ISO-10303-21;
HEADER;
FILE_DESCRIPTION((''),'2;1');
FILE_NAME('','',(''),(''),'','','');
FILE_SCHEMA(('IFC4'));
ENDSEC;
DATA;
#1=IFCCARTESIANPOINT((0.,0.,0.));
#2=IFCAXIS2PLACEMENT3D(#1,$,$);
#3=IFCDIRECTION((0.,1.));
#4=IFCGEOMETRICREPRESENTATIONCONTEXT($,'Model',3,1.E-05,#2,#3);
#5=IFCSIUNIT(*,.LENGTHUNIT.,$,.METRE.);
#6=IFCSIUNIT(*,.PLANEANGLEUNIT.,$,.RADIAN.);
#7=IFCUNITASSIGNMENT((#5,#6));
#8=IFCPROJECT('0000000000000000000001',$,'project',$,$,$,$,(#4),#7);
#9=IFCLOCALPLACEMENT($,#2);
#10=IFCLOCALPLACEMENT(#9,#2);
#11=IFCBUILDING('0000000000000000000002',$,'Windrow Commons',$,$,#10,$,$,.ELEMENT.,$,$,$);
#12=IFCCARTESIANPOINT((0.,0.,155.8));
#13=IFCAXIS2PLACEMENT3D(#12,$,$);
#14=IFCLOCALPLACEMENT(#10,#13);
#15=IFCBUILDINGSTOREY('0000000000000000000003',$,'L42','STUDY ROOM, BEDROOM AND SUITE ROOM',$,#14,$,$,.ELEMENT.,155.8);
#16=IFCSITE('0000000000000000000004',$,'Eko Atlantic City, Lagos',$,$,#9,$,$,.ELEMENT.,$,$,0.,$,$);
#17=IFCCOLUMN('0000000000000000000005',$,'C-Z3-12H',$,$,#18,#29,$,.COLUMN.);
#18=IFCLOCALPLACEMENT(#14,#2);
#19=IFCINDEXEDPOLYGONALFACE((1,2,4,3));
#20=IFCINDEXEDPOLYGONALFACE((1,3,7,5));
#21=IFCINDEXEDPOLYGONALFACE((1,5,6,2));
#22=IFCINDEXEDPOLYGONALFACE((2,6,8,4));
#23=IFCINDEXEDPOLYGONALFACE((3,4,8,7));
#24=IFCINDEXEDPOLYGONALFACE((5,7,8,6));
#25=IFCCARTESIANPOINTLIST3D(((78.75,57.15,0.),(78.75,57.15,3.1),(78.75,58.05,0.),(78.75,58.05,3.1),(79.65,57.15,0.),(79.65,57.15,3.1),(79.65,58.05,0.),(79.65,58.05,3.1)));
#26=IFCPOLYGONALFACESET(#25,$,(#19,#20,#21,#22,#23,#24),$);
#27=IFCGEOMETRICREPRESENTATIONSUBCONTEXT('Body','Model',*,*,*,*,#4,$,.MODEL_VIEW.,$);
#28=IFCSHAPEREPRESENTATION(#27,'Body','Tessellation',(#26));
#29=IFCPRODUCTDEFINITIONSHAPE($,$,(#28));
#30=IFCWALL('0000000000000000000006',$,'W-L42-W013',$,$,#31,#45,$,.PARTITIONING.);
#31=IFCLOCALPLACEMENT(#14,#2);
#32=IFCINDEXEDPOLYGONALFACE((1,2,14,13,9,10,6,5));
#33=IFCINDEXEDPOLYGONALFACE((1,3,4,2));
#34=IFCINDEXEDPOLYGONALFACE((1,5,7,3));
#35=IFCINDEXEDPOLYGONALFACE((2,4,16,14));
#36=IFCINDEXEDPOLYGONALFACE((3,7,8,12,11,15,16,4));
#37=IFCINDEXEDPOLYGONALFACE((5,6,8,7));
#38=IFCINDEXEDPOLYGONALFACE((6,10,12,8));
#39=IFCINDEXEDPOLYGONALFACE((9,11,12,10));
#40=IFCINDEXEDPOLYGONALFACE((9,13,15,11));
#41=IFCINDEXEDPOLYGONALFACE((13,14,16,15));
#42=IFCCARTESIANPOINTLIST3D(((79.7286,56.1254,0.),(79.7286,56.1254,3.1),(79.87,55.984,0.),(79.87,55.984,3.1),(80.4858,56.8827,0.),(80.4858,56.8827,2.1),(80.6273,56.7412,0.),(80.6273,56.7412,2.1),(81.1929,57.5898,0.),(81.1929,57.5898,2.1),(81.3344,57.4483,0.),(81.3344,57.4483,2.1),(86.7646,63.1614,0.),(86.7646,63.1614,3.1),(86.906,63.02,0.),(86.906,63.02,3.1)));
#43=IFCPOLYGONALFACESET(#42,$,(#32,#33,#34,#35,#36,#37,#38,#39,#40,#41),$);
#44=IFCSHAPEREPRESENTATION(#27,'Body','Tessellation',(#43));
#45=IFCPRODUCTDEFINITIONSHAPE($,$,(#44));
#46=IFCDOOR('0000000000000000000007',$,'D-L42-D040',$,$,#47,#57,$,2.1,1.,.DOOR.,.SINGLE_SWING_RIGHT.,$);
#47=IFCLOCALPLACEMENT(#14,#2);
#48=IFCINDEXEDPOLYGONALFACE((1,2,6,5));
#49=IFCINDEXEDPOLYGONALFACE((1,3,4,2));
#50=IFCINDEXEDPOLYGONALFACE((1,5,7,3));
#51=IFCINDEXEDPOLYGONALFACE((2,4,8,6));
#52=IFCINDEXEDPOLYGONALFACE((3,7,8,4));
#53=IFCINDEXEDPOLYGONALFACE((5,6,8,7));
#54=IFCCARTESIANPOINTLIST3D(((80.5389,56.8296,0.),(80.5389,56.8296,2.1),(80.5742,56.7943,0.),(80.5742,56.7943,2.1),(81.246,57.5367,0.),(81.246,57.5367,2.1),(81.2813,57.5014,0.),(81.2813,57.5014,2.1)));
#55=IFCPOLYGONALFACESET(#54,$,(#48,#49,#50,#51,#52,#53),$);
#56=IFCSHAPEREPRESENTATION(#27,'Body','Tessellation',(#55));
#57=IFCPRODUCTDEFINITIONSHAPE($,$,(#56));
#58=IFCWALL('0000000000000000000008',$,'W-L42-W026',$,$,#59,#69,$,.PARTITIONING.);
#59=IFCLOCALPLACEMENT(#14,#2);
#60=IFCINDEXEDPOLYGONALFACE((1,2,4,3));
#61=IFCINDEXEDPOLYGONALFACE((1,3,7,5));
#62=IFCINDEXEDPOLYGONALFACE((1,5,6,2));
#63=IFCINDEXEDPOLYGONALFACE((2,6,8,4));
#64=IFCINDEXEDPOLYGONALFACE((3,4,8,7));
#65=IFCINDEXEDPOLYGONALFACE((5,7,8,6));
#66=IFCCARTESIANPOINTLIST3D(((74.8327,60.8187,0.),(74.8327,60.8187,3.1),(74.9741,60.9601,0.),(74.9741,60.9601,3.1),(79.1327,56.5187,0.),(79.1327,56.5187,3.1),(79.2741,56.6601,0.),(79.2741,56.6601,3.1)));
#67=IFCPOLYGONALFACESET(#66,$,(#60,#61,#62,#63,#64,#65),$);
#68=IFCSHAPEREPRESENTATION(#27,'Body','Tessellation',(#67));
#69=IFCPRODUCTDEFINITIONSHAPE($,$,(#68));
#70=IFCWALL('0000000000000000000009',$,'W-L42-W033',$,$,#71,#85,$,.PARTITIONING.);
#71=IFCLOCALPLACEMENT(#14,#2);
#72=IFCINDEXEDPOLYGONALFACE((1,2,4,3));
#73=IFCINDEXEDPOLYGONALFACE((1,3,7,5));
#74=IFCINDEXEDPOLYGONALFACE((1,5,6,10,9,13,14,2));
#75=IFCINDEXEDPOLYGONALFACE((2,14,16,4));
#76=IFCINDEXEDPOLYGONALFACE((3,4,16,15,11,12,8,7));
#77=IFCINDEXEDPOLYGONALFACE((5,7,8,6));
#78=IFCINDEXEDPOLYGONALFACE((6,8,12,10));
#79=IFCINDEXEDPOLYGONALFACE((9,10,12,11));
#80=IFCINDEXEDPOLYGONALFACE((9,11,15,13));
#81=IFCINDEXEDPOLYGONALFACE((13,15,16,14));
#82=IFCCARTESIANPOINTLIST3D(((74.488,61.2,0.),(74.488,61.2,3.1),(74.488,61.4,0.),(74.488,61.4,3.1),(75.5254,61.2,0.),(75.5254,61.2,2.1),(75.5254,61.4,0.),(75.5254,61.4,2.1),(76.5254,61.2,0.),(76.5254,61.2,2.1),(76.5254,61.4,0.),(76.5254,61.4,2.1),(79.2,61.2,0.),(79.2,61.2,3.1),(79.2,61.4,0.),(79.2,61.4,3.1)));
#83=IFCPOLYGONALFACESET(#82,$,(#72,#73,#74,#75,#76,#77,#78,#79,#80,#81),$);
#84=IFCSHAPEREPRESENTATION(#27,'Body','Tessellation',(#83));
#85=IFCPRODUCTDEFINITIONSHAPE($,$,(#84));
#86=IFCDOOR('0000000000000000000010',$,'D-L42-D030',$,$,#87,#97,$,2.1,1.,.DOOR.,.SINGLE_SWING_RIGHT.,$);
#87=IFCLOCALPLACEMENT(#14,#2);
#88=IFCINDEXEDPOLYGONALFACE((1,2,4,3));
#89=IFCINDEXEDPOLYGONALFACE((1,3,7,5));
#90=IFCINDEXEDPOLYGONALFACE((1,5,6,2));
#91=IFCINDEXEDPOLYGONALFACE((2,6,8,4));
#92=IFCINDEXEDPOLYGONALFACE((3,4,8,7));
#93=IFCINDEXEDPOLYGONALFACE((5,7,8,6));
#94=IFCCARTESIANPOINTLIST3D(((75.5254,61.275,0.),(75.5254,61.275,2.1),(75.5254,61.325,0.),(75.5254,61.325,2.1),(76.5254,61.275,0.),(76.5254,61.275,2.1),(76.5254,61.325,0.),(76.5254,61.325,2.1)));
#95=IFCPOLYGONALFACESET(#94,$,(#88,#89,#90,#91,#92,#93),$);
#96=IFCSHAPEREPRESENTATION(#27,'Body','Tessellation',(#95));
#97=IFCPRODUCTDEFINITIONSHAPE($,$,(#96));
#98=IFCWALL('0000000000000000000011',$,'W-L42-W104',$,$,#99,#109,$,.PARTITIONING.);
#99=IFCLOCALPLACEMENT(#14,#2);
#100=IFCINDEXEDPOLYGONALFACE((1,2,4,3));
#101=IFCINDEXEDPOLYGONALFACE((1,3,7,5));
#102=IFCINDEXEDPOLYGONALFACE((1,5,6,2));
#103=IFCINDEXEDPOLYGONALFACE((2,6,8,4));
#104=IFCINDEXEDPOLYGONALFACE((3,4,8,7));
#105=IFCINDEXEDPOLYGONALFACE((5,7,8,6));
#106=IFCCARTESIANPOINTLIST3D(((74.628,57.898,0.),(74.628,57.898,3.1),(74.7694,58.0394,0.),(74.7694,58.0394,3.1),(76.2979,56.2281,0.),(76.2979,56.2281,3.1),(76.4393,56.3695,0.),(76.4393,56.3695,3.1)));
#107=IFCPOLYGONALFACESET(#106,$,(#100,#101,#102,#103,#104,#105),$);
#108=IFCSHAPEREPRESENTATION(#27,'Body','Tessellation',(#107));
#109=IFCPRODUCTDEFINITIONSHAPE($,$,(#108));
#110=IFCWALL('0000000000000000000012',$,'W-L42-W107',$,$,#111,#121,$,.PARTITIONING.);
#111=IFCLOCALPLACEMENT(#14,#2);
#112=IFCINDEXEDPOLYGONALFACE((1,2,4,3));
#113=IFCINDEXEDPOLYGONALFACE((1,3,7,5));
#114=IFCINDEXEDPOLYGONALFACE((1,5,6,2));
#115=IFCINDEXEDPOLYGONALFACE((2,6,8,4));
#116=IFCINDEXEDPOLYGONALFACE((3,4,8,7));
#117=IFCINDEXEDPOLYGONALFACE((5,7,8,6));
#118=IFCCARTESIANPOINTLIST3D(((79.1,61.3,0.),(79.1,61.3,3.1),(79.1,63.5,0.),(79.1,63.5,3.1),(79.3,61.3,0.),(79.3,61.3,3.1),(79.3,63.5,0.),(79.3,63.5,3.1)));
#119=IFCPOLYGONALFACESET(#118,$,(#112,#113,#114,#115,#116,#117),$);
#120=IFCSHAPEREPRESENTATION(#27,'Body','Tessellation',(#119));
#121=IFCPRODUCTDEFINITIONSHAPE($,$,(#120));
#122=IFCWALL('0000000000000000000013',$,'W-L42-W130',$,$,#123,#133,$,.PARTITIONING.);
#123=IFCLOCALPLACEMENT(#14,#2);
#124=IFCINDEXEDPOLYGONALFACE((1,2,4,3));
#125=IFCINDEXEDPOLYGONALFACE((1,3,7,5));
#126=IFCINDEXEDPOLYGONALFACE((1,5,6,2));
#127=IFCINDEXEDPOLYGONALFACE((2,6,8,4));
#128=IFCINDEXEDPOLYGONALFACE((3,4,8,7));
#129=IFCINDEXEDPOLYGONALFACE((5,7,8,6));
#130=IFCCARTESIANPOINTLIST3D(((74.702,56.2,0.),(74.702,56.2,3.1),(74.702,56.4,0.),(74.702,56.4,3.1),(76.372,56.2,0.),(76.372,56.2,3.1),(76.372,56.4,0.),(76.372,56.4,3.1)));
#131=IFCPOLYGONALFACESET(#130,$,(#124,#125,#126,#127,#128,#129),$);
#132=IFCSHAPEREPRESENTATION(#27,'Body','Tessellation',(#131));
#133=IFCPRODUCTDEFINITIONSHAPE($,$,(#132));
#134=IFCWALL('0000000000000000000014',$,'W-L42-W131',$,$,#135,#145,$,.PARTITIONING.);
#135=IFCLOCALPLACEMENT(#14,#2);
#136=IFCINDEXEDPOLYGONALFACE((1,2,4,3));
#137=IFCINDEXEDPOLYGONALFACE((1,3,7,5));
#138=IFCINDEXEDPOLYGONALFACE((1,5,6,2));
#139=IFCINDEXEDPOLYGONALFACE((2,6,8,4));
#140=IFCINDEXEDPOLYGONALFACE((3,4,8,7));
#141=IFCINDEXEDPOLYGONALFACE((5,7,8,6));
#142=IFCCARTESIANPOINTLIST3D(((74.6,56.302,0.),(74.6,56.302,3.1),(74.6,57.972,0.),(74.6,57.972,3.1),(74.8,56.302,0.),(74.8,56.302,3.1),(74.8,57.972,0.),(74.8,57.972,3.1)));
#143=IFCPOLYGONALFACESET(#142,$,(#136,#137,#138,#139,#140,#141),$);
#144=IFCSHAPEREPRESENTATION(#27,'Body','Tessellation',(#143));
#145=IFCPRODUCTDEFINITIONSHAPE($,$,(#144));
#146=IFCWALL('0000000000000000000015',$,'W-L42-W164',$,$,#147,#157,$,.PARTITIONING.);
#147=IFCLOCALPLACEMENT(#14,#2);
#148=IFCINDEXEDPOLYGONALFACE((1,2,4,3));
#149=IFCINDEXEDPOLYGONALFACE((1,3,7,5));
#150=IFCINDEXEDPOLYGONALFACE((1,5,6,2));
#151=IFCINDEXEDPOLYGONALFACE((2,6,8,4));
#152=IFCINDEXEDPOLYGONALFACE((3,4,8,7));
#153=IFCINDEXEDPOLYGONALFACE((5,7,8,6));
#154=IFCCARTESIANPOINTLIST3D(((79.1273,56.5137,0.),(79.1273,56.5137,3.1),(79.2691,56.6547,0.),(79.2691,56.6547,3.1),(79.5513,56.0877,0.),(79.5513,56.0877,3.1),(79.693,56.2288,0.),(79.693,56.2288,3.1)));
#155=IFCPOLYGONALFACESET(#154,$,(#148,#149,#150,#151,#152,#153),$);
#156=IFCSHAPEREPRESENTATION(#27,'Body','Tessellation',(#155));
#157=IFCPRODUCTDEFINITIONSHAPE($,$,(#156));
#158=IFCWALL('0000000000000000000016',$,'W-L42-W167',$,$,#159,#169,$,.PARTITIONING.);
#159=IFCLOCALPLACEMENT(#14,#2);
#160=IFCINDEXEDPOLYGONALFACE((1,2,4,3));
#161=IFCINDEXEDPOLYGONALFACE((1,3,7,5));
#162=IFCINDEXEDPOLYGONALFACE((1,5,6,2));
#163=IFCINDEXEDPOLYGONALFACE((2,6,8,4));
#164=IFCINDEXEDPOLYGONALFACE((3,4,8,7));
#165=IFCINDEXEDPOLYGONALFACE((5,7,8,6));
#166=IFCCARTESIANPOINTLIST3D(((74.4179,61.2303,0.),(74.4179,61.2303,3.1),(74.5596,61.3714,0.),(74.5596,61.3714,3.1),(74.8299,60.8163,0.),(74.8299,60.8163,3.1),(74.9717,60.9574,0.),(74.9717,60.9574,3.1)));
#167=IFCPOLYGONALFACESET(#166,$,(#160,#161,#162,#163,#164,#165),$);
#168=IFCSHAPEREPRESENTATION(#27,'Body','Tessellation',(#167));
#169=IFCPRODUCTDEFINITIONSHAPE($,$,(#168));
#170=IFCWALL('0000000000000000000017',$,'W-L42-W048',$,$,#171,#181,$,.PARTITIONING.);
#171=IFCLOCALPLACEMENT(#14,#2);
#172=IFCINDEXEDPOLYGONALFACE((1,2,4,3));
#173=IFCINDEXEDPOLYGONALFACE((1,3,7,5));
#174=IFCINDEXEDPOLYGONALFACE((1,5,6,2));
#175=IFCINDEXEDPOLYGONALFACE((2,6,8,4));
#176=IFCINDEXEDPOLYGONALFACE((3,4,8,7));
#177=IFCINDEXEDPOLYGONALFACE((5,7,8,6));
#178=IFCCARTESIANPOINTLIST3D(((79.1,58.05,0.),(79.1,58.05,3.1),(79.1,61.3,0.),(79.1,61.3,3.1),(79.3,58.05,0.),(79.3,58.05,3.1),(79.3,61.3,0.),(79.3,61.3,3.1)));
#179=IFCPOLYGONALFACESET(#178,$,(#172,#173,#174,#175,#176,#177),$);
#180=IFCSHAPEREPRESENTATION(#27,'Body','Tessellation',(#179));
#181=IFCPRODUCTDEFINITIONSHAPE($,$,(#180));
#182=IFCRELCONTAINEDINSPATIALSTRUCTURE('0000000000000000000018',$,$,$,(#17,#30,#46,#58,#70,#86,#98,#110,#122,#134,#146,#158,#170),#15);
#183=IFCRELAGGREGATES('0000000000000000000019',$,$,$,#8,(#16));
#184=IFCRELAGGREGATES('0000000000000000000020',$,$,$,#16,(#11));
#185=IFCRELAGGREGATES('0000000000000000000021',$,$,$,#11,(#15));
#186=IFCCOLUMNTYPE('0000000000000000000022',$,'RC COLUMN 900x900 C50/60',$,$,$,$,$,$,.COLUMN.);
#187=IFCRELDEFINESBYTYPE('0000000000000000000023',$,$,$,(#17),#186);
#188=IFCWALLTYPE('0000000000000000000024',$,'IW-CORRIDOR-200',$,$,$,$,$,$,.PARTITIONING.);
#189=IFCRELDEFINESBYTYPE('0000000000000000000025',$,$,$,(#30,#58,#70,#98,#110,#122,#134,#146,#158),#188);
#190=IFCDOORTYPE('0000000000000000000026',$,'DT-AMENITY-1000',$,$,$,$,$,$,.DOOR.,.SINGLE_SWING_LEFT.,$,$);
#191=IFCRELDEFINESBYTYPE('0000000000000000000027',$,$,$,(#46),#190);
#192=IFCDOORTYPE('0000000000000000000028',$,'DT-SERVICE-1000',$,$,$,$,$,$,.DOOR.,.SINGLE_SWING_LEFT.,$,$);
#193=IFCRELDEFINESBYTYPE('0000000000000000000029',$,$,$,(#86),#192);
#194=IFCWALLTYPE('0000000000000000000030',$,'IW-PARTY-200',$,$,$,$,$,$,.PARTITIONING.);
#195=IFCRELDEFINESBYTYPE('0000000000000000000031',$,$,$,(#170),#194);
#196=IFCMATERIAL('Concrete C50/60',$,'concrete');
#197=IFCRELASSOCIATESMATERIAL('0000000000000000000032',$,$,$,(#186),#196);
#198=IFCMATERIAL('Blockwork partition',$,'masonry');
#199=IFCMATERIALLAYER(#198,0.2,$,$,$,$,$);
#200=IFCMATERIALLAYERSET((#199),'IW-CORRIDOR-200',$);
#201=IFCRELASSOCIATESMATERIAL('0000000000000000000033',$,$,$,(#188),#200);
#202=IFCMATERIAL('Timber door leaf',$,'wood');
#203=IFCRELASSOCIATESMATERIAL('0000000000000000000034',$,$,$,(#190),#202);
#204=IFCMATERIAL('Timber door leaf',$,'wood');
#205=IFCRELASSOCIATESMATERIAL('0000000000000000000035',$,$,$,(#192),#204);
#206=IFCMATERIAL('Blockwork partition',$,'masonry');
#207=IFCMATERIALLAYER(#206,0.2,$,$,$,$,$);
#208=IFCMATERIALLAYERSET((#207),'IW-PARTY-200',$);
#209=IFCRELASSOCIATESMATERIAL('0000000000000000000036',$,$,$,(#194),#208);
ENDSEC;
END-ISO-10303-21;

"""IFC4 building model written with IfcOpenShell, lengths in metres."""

from ifc_helpers import new_model, si_unit, direction, frame, frame_2d, origin, origin_2d, place, context, subcontext, project, spatial, rectangle, extrude, material, layer, layer_set, material_profile, profile_set, type_object, element, fill, save


model = new_model("IFC4")

# Units and contexts
model_context = context("Model", 3, precision=1e-05, world=origin(), true_north=direction((0.0, 1.0)))
body_context = subcontext(model_context, "Body", "Model", "MODEL_VIEW")
ifc_project = project(units=[si_unit("LENGTHUNIT", "METRE"), si_unit("PLANEANGLEUNIT", "RADIAN")], contexts=[model_context])

# Site, building, storey
site_placement = place(None, origin())
site = spatial("IfcSite", under=ifc_project, at=site_placement, Name="Eko Atlantic City, Lagos", CompositionType="ELEMENT", RefElevation=0.0)
building_placement = place(site_placement, origin())
building = spatial("IfcBuilding", under=site, at=building_placement, Name="Windrow Commons", CompositionType="ELEMENT")
storey_placement = place(building_placement, frame((0.0, 0.0, 155.8)))
storey = spatial("IfcBuildingStorey", under=building, at=storey_placement, Name="L42", Description="STUDY ROOM, BEDROOM AND SUITE ROOM", CompositionType="ELEMENT", Elevation=155.8)

# Column
ifc_material_1 = material(Name="Concrete C50/60", Category="concrete")
ifc_material_profile = material_profile(ifc_material_1, rectangle(XDim=0.9, YDim=0.9, at=origin_2d()))
ifc_profile_set = profile_set([ifc_material_profile], Name="Concrete C50/60")
column_type = type_object("IfcColumnType", Name="RC COLUMN 900x900 C50/60", PredefinedType="COLUMN", material=ifc_profile_set)
column_placement = place(storey_placement, frame((79.2, 57.6, 0.0), z_axis=(0.0, 0.0, 1.0), x_axis=(1.0, 0.0, 0.0)))
element("IfcColumn", 1, at=column_placement, inside=storey, type_object=column_type, Name="C-Z3-12H", PredefinedType="COLUMN", context=body_context, shape_type="SweptSolid", body=[
    extrude(rectangle(XDim=0.9, YDim=0.9, at=origin_2d()), origin(), (0.0, 0.0, 1.0), 3.1),
])

# Wall, opening, door
ifc_material_2 = material(Name="Blockwork partition", Category="masonry")
ifc_layer_1 = layer(ifc_material_2, 0.2)
ifc_layer_set_1 = layer_set([ifc_layer_1], Name="IW-CORRIDOR-200")
wall_type_1 = type_object("IfcWallType", Name="IW-CORRIDOR-200", PredefinedType="PARTITIONING", material=ifc_layer_set_1)
wall_1_placement = place(storey_placement, frame((79.7993, 56.0547, 0.0), z_axis=(0.0, 0.0, 1.0), x_axis=(0.707107, 0.707107, 0.0)))
wall_1 = element("IfcWall", 2, at=wall_1_placement, inside=storey, type_object=wall_type_1, Name="W-L42-W013", PredefinedType="PARTITIONING", context=body_context, shape_type="SweptSolid", body=[
    extrude(rectangle(XDim=9.9504, YDim=0.2, at=frame_2d((4.9752, 0.0))), origin(), (0.0, 0.0, 1.0), 3.1),
])
opening_1_placement = place(wall_1_placement, frame((1.0709, 0.0, 0.0)))
opening_1 = element("IfcOpeningElement", 3, at=opening_1_placement, cuts=wall_1, PredefinedType="OPENING", context=body_context, shape_type="SweptSolid", body=[
    extrude(rectangle(XDim=1.0, YDim=2.1, at=frame_2d((0.5, 1.05))), frame((0.0, 0.11, 0.0), z_axis=(0.0, -1.0, 0.0), x_axis=(1.0, 0.0, 0.0)), (0.0, 0.0, 1.0), 0.22),
])
ifc_material_3 = material(Name="Timber door leaf", Category="wood")
door_type_1 = type_object("IfcDoorType", Name="DT-AMENITY-1000", OperationType="SINGLE_SWING_LEFT", PredefinedType="DOOR", material=ifc_material_3)
door_1_placement = place(opening_1_placement, origin())
door_1 = element("IfcDoor", 4, at=door_1_placement, inside=storey, type_object=door_type_1, Name="D-L42-D040", OperationType="SINGLE_SWING_RIGHT", OverallHeight=2.1, OverallWidth=1.0, PredefinedType="DOOR", context=body_context, shape_type="SweptSolid", body=[
    extrude(rectangle(XDim=1.0, YDim=2.1, at=frame_2d((0.5, 1.05))), frame((0.0, 0.025, 0.0), z_axis=(0.0, -1.0, 0.0), x_axis=(1.0, 0.0, 0.0)), (0.0, 0.0, 1.0), 0.05),
])
fill(opening_1, door_1)

# Wall
wall_2_placement = place(storey_placement, frame((74.9034, 60.8894, 0.0), z_axis=(0.0, 0.0, 1.0), x_axis=(0.707107, -0.707107, 0.0)))
element("IfcWall", 5, at=wall_2_placement, inside=storey, type_object=wall_type_1, Name="W-L42-W026", PredefinedType="PARTITIONING", context=body_context, shape_type="SweptSolid", body=[
    extrude(rectangle(XDim=6.0811, YDim=0.2, at=frame_2d((3.0406, 0.0))), origin(), (0.0, 0.0, 1.0), 3.1),
])

# Wall, opening, door
wall_3_placement = place(storey_placement, frame((74.488, 61.3, 0.0), z_axis=(0.0, 0.0, 1.0), x_axis=(1.0, 0.0, 0.0)))
wall_3 = element("IfcWall", 6, at=wall_3_placement, inside=storey, type_object=wall_type_1, Name="W-L42-W033", PredefinedType="PARTITIONING", context=body_context, shape_type="SweptSolid", body=[
    extrude(rectangle(XDim=4.712, YDim=0.2, at=frame_2d((2.356, 0.0))), origin(), (0.0, 0.0, 1.0), 3.1),
])
opening_2_placement = place(wall_3_placement, frame((1.0374, 0.0, 0.0)))
opening_2 = element("IfcOpeningElement", 7, at=opening_2_placement, cuts=wall_3, PredefinedType="OPENING", context=body_context, shape_type="SweptSolid", body=[
    extrude(rectangle(XDim=1.0, YDim=2.1, at=frame_2d((0.5, 1.05))), frame((0.0, 0.11, 0.0), z_axis=(0.0, -1.0, 0.0), x_axis=(1.0, 0.0, 0.0)), (0.0, 0.0, 1.0), 0.22),
])
ifc_material_4 = material(Name="Timber door leaf", Category="wood")
door_type_2 = type_object("IfcDoorType", Name="DT-SERVICE-1000", OperationType="SINGLE_SWING_LEFT", PredefinedType="DOOR", material=ifc_material_4)
door_2_placement = place(opening_2_placement, origin())
door_2 = element("IfcDoor", 8, at=door_2_placement, inside=storey, type_object=door_type_2, Name="D-L42-D030", OperationType="SINGLE_SWING_RIGHT", OverallHeight=2.1, OverallWidth=1.0, PredefinedType="DOOR", context=body_context, shape_type="SweptSolid", body=[
    extrude(rectangle(XDim=1.0, YDim=2.1, at=frame_2d((0.5, 1.05))), frame((0.0, 0.025, 0.0), z_axis=(0.0, -1.0, 0.0), x_axis=(1.0, 0.0, 0.0)), (0.0, 0.0, 1.0), 0.05),
])
fill(opening_2, door_2)

# Walls
wall_4_placement = place(storey_placement, frame((74.6987, 57.9687, 0.0), z_axis=(0.0, 0.0, 1.0), x_axis=(0.707107, -0.707107, 0.0)))
element("IfcWall", 9, at=wall_4_placement, inside=storey, type_object=wall_type_1, Name="W-L42-W104", PredefinedType="PARTITIONING", context=body_context, shape_type="SweptSolid", body=[
    extrude(rectangle(XDim=2.3617, YDim=0.2, at=frame_2d((1.1808, 0.0))), origin(), (0.0, 0.0, 1.0), 3.1),
])
wall_5_placement = place(storey_placement, frame((79.2, 61.3, 0.0), z_axis=(0.0, 0.0, 1.0), x_axis=(0.0, 1.0, 0.0)))
element("IfcWall", 10, at=wall_5_placement, inside=storey, type_object=wall_type_1, Name="W-L42-W107", PredefinedType="PARTITIONING", context=body_context, shape_type="SweptSolid", body=[
    extrude(rectangle(XDim=2.2, YDim=0.2, at=frame_2d((1.1, 0.0))), origin(), (0.0, 0.0, 1.0), 3.1),
])
for number, where, z_axis, x_axis, name in (
    (11, (74.702, 56.3, 0.0), (0.0, 0.0, 1.0), (1.0, 0.0, 0.0), "W-L42-W130"),
    (12, (74.7, 56.302, 0.0), (0.0, 0.0, 1.0), (0.0, 1.0, 0.0), "W-L42-W131"),
):
    element("IfcWall", number, at=place(storey_placement, frame(where, z_axis=z_axis, x_axis=x_axis)), inside=storey, type_object=wall_type_1, Name=name, PredefinedType="PARTITIONING", context=body_context, shape_type="SweptSolid", body=[
        extrude(rectangle(XDim=1.67, YDim=0.2, at=frame_2d((0.835, 0.0))), origin(), (0.0, 0.0, 1.0), 3.1),
    ])
wall_6_placement = place(storey_placement, frame((79.1982, 56.5842, 0.0), z_axis=(0.0, 0.0, 1.0), x_axis=(0.705441, -0.708769, 0.0)))
element("IfcWall", 13, at=wall_6_placement, inside=storey, type_object=wall_type_1, Name="W-L42-W164", PredefinedType="PARTITIONING", context=body_context, shape_type="SweptSolid", body=[
    extrude(rectangle(XDim=0.601, YDim=0.2, at=frame_2d((0.3005, 0.0))), origin(), (0.0, 0.0, 1.0), 3.1),
])
wall_7_placement = place(storey_placement, frame((74.4888, 61.3008, 0.0), z_axis=(0.0, 0.0, 1.0), x_axis=(0.705393, -0.708817, 0.0)))
element("IfcWall", 14, at=wall_7_placement, inside=storey, type_object=wall_type_1, Name="W-L42-W167", PredefinedType="PARTITIONING", context=body_context, shape_type="SweptSolid", body=[
    extrude(rectangle(XDim=0.5841, YDim=0.2, at=frame_2d((0.292, 0.0))), origin(), (0.0, 0.0, 1.0), 3.1),
])
ifc_material_5 = material(Name="Blockwork partition", Category="masonry")
ifc_layer_2 = layer(ifc_material_5, 0.2)
ifc_layer_set_2 = layer_set([ifc_layer_2], Name="IW-PARTY-200")
wall_type_2 = type_object("IfcWallType", Name="IW-PARTY-200", PredefinedType="PARTITIONING", material=ifc_layer_set_2)
wall_8_placement = place(storey_placement, frame((79.2, 58.05, 0.0), z_axis=(0.0, 0.0, 1.0), x_axis=(0.0, 1.0, 0.0)))
element("IfcWall", 15, at=wall_8_placement, inside=storey, type_object=wall_type_2, Name="W-L42-W048", PredefinedType="PARTITIONING", context=body_context, shape_type="SweptSolid", body=[
    extrude(rectangle(XDim=3.25, YDim=0.2, at=frame_2d((1.625, 0.0))), origin(), (0.0, 0.0, 1.0), 3.1),
])

save(model, "model.ifc")
